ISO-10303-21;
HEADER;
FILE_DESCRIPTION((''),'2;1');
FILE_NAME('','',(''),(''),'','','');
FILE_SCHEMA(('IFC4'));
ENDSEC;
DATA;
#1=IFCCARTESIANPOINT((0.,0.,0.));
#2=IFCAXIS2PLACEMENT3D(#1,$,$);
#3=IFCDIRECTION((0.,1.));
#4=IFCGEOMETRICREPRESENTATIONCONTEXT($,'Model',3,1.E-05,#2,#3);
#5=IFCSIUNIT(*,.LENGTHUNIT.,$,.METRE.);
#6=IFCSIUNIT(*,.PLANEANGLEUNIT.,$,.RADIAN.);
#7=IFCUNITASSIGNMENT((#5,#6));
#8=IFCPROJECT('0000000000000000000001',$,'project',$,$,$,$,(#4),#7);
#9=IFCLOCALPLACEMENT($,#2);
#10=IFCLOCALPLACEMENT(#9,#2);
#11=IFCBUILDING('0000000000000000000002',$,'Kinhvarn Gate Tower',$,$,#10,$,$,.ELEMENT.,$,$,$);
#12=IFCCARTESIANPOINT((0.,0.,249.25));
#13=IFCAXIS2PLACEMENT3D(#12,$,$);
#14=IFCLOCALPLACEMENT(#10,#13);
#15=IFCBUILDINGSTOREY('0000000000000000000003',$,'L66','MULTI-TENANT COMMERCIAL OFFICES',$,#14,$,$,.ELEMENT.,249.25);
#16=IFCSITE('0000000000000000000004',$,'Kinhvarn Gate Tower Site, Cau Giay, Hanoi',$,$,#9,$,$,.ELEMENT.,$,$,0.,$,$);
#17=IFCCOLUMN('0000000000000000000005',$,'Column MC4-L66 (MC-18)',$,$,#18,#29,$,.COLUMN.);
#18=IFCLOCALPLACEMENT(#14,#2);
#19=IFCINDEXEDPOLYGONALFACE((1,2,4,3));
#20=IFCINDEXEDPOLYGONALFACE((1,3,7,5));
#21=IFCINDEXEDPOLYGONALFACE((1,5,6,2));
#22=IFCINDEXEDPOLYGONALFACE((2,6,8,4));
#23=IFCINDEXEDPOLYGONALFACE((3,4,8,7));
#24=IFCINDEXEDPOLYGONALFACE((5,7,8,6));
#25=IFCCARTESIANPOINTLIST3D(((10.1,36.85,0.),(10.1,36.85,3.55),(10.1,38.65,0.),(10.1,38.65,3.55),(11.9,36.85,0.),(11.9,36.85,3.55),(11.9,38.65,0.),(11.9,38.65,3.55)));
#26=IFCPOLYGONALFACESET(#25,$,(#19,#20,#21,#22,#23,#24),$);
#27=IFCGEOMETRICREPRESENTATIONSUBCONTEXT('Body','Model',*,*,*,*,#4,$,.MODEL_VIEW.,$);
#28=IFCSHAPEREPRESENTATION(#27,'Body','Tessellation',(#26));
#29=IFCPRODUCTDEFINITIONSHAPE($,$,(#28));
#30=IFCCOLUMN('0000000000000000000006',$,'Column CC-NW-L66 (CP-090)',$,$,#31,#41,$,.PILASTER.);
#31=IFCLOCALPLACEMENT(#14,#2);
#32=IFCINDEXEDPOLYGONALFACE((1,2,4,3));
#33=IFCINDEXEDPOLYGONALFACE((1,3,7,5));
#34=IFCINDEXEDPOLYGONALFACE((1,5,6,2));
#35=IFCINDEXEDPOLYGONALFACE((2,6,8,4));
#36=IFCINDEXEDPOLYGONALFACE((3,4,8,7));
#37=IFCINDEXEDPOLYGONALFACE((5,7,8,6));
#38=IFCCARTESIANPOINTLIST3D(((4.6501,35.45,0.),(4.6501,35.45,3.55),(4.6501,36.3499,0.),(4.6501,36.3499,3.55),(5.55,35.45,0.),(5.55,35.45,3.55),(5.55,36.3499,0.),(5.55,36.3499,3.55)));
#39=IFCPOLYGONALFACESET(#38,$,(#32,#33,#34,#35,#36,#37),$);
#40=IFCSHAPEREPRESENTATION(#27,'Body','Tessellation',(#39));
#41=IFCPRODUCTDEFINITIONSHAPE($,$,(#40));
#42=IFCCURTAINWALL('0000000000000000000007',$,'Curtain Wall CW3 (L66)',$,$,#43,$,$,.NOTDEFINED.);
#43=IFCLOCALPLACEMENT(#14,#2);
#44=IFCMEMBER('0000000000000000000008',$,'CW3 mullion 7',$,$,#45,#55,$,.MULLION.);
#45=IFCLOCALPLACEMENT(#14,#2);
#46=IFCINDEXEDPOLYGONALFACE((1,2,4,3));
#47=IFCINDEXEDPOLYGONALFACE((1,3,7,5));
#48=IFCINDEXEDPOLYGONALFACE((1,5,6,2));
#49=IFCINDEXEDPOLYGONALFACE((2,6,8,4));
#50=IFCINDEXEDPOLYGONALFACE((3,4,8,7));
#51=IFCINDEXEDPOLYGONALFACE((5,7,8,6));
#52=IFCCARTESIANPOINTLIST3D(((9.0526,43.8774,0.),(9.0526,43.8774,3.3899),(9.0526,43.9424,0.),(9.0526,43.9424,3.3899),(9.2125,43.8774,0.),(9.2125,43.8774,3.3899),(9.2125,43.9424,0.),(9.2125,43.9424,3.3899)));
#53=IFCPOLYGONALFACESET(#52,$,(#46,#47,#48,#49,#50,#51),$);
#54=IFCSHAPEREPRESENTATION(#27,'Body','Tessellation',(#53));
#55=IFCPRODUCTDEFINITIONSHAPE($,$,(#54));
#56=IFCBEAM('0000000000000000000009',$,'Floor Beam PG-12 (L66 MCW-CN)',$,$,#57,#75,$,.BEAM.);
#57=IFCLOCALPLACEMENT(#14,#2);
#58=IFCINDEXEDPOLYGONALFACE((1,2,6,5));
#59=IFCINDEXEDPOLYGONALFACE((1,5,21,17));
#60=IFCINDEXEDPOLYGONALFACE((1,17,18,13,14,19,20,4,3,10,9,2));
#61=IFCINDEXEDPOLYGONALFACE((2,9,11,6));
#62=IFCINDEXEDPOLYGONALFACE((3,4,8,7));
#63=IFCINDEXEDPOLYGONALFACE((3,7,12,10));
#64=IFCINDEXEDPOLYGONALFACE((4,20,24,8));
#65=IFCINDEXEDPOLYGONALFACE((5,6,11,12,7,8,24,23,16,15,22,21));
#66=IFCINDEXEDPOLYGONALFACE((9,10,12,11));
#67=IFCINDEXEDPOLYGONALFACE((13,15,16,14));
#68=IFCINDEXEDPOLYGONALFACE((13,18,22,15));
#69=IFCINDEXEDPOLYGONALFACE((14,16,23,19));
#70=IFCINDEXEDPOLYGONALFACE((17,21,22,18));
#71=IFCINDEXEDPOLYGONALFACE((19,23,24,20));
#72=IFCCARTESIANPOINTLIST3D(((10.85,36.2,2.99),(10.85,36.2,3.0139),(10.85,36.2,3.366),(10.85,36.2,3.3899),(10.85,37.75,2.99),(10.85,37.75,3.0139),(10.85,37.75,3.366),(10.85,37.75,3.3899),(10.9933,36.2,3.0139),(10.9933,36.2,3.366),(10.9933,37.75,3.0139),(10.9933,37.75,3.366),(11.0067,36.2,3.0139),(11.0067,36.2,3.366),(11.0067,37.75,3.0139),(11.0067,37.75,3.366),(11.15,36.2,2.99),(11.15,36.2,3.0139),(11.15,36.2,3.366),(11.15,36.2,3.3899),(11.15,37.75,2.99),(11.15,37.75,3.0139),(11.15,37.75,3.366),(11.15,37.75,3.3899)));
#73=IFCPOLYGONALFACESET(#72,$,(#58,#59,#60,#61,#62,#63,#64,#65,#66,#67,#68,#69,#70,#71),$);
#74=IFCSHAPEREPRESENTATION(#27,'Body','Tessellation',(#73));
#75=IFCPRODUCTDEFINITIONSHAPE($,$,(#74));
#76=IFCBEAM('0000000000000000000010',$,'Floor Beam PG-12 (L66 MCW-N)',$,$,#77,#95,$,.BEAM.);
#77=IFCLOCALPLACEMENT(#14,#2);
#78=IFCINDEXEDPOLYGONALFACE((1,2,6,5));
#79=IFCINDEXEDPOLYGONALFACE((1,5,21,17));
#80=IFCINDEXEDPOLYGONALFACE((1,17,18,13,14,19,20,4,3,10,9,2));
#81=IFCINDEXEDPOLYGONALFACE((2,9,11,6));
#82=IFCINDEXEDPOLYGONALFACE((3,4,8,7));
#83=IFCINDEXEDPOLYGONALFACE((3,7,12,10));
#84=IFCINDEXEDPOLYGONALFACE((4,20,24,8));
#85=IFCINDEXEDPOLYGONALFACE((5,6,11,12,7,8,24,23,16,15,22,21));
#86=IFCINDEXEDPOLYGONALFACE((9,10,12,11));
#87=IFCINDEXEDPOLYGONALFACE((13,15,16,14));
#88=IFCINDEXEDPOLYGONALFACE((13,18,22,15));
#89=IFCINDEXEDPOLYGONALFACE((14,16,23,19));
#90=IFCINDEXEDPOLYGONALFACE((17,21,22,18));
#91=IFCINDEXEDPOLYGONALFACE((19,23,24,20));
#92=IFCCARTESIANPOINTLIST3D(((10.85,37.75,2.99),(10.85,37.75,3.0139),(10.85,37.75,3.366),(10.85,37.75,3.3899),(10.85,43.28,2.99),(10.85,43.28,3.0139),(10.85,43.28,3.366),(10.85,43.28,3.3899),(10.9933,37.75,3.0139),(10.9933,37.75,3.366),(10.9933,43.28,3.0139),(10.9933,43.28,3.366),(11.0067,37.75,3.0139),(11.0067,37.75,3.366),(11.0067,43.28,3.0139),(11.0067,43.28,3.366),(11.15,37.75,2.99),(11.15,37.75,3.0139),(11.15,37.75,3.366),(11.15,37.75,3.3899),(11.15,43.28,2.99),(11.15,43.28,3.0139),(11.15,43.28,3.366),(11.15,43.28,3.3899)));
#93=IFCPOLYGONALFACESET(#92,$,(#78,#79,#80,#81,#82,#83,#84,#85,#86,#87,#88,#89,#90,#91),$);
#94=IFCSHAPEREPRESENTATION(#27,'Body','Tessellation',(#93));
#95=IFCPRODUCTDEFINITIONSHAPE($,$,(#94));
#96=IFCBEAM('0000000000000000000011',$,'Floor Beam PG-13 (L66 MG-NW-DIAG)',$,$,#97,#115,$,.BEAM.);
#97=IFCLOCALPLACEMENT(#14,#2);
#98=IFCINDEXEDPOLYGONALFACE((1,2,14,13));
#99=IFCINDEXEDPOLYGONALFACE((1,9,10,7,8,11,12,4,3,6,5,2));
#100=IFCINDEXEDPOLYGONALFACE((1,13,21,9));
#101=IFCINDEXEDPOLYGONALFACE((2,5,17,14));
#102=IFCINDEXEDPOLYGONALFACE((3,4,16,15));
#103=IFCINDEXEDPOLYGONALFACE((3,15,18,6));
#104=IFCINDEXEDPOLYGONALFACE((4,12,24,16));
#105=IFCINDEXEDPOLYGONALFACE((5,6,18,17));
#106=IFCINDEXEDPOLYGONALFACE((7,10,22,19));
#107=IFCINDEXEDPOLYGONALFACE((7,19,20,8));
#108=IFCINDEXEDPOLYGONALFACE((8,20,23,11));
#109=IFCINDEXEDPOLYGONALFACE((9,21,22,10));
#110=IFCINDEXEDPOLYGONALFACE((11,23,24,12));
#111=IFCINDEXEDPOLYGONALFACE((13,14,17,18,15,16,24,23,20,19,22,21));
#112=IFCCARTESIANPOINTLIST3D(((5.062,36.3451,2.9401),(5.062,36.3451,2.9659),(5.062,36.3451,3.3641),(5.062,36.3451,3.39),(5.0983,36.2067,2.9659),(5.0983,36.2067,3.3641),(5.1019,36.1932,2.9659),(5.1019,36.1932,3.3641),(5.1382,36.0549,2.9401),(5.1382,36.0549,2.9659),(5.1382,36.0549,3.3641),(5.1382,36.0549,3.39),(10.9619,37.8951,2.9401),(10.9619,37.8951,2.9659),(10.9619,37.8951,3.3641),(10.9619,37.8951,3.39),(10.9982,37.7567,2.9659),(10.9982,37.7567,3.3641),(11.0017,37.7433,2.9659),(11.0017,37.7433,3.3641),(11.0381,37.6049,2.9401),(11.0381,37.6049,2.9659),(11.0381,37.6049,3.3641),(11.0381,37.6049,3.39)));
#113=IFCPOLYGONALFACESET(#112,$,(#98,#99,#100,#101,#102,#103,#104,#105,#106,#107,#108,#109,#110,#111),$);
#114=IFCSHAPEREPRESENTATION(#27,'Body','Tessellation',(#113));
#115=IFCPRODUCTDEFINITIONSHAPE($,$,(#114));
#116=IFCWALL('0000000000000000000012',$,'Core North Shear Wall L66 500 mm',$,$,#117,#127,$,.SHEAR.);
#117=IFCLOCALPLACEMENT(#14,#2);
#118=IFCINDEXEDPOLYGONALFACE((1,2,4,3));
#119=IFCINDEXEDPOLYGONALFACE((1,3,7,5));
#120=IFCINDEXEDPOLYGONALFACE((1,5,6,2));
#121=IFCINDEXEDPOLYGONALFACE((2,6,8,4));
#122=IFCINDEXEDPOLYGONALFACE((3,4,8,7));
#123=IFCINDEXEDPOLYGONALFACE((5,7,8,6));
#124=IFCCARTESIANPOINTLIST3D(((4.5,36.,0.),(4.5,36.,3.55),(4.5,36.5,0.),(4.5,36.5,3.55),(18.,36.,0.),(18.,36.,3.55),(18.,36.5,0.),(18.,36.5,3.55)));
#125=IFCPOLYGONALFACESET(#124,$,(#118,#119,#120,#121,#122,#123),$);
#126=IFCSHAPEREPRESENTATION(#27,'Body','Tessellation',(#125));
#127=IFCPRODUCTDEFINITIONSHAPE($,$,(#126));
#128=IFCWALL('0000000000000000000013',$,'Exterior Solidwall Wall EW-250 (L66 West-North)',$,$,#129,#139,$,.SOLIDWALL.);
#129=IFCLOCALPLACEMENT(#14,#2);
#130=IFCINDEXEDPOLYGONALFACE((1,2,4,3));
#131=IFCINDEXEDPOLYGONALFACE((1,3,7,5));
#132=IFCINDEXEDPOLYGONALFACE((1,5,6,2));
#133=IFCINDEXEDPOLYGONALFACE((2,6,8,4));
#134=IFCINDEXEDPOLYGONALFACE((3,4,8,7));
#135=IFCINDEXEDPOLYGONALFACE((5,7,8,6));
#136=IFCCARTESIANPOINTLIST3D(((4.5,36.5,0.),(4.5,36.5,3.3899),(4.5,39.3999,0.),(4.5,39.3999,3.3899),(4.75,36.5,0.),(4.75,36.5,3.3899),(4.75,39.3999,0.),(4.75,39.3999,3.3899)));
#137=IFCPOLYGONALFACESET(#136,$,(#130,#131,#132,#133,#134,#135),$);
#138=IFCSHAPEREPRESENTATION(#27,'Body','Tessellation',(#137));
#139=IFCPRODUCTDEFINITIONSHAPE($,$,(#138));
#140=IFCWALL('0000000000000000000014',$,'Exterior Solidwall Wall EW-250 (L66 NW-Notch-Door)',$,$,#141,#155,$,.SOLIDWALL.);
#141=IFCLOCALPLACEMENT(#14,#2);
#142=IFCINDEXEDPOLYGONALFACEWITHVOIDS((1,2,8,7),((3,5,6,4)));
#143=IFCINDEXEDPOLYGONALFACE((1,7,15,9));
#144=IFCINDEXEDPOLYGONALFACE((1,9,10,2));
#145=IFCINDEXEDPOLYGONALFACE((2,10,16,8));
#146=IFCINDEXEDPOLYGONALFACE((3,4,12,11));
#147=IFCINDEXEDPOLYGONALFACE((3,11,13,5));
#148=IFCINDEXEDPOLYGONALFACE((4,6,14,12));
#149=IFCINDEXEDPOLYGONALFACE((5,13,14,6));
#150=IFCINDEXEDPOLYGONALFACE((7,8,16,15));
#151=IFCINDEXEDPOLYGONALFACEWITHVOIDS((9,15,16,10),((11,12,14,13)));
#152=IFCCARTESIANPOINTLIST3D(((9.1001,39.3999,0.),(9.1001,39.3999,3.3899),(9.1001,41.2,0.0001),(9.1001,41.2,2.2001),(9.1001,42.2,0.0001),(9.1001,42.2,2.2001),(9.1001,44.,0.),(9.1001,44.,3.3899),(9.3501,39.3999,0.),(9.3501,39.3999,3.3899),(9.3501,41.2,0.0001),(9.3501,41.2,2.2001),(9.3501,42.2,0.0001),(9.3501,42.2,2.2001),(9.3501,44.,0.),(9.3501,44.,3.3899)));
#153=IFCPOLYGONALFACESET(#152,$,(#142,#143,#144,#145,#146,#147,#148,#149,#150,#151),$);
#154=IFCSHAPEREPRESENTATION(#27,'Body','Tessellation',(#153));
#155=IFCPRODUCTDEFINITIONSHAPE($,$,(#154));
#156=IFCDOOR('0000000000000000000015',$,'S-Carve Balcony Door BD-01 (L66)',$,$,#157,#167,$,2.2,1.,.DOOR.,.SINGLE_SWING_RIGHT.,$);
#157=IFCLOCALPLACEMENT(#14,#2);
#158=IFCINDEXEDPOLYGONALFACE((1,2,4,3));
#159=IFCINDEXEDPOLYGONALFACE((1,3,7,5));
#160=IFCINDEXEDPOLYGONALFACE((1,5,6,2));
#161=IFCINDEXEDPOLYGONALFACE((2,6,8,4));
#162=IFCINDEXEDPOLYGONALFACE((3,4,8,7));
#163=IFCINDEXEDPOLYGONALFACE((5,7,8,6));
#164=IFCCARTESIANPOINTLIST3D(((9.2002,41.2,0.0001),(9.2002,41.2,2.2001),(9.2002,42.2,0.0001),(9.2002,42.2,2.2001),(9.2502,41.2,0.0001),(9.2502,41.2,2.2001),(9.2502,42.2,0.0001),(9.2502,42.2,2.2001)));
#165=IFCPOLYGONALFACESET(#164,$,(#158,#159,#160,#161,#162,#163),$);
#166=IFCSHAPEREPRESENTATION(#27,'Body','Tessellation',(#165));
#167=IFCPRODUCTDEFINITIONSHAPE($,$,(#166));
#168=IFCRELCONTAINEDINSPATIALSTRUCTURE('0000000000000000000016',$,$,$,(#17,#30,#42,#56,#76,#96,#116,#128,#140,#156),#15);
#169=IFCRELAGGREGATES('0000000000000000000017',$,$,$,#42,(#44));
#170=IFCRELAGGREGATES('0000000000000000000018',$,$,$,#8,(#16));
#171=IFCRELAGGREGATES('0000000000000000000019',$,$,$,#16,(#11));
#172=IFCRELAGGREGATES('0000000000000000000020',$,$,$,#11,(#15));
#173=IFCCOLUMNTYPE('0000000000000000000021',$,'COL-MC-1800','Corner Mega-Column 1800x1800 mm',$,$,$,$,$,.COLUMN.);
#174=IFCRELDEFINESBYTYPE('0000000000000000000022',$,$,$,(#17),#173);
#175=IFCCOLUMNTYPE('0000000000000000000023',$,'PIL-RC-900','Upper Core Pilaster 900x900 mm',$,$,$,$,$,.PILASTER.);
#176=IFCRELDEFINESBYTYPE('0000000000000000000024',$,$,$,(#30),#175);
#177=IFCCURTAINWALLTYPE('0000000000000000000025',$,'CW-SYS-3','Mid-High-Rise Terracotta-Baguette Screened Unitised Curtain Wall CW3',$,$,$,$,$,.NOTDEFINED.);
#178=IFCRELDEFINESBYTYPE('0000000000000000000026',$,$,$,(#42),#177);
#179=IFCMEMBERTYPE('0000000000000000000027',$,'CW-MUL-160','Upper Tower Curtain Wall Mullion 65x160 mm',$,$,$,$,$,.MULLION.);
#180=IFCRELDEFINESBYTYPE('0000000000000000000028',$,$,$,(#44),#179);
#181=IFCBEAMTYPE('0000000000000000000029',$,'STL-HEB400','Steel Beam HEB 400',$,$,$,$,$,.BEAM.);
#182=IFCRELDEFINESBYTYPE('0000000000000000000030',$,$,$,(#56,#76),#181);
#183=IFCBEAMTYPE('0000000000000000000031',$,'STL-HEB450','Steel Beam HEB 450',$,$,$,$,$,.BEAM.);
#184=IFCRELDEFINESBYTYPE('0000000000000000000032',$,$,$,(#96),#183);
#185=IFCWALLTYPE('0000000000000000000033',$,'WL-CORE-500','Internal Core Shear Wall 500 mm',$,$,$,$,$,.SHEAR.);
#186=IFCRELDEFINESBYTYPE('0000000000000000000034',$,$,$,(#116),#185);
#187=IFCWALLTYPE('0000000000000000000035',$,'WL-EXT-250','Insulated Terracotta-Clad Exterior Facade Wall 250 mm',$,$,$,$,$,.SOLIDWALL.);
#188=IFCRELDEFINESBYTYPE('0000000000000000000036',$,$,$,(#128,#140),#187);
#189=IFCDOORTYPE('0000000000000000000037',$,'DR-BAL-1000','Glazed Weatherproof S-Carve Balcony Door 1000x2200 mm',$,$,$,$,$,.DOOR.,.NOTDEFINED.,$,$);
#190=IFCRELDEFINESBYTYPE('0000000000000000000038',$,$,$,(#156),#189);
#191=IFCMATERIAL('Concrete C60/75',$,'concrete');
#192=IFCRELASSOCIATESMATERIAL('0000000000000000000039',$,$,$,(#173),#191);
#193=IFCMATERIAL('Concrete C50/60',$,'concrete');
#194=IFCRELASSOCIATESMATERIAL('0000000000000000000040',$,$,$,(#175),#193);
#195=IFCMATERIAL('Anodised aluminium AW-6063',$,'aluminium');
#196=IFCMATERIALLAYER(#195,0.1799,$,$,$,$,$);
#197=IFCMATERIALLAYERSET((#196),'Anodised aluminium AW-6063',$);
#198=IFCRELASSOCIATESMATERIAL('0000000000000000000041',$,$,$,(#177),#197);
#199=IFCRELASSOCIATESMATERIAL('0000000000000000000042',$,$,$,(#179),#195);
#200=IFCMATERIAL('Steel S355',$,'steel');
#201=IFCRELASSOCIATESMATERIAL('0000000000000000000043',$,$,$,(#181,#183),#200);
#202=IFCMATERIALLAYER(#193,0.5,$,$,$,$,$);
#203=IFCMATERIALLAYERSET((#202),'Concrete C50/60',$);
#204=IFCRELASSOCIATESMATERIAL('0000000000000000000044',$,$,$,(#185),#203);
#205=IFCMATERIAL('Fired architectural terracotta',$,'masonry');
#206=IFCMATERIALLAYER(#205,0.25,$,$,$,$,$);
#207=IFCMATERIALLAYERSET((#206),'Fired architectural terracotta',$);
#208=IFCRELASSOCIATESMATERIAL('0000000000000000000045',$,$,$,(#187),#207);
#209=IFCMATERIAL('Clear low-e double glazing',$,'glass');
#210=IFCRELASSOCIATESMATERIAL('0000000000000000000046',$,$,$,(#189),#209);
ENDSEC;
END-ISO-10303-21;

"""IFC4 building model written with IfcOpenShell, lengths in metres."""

from ifc_helpers import new_model, si_unit, direction, frame, frame_2d, origin, origin_2d, place, context, subcontext, project, spatial, rectangle, i_section, extrude, material, layer, layer_set, material_profile, profile_set, type_object, element, fill, aggregate, save


model = new_model("IFC4")

# Units and contexts
model_context = context("Model", 3, precision=1e-05, world=origin(), true_north=direction((0.0, 1.0)))
body_context = subcontext(model_context, "Body", "Model", "MODEL_VIEW")
ifc_project = project(units=[si_unit("LENGTHUNIT", "METRE"), si_unit("PLANEANGLEUNIT", "RADIAN")], contexts=[model_context])

# Site, building, storey
site_placement = place(None, origin())
site = spatial("IfcSite", under=ifc_project, at=site_placement, Name="Kinhvarn Gate Tower Site, Cau Giay, Hanoi", CompositionType="ELEMENT", RefElevation=0.0)
building_placement = place(site_placement, origin())
building = spatial("IfcBuilding", under=site, at=building_placement, Name="Kinhvarn Gate Tower", CompositionType="ELEMENT")
storey_placement = place(building_placement, frame((0.0, 0.0, 249.25)))
storey = spatial("IfcBuildingStorey", under=building, at=storey_placement, Name="L66", Description="MULTI-TENANT COMMERCIAL OFFICES", CompositionType="ELEMENT", Elevation=249.25)

# Columns
ifc_material_1 = material(Name="Concrete C60/75", Category="concrete")
ifc_material_profile_1 = material_profile(ifc_material_1, rectangle(XDim=1.8, YDim=1.8, at=origin_2d()), Name="RC 1800x1800")
ifc_profile_set_1 = profile_set([ifc_material_profile_1], Name="Concrete C60/75")
column_type_1 = type_object("IfcColumnType", Name="COL-MC-1800", Description="Corner Mega-Column 1800x1800 mm", PredefinedType="COLUMN", material=ifc_profile_set_1)
column_1_placement = place(storey_placement, frame((11.0, 37.75, 0.0), z_axis=(0.0, 0.0, 1.0), x_axis=(1.0, 0.0, 0.0)))
element("IfcColumn", 1, at=column_1_placement, inside=storey, type_object=column_type_1, Name="Column MC4-L66 (MC-18)", PredefinedType="COLUMN", context=body_context, shape_type="SweptSolid", body=[
    extrude(rectangle(XDim=1.8, YDim=1.8, at=origin_2d()), origin(), (0.0, 0.0, 1.0), 3.55),
])
ifc_material_2 = material(Name="Concrete C50/60", Category="concrete")
ifc_material_profile_2 = material_profile(ifc_material_2, rectangle(XDim=0.8999, YDim=0.8999, at=origin_2d()), Name="RC 900x900")
ifc_profile_set_2 = profile_set([ifc_material_profile_2], Name="Concrete C50/60")
column_type_2 = type_object("IfcColumnType", Name="PIL-RC-900", Description="Upper Core Pilaster 900x900 mm", PredefinedType="PILASTER", material=ifc_profile_set_2)
column_2_placement = place(storey_placement, frame((5.1001, 35.8999, 0.0), z_axis=(0.0, 0.0, 1.0), x_axis=(1.0, 0.0, 0.0)))
element("IfcColumn", 2, at=column_2_placement, inside=storey, type_object=column_type_2, Name="Column CC-NW-L66 (CP-090)", PredefinedType="PILASTER", context=body_context, shape_type="SweptSolid", body=[
    extrude(rectangle(XDim=0.8999, YDim=0.8999, at=origin_2d()), origin(), (0.0, 0.0, 1.0), 3.55),
])

# Curtain wall, member
ifc_material_3 = material(Name="Anodised aluminium AW-6063", Category="aluminium")
ifc_layer_1 = layer(ifc_material_3, 0.1799)
ifc_layer_set_1 = layer_set([ifc_layer_1], Name="Anodised aluminium AW-6063")
curtain_wall_type = type_object("IfcCurtainWallType", Name="CW-SYS-3", Description="Mid-High-Rise Terracotta-Baguette Screened Unitised Curtain Wall CW3", PredefinedType="NOTDEFINED", material=ifc_layer_set_1)
curtain_wall_placement = place(storey_placement, origin())
curtain_wall = element("IfcCurtainWall", 3, at=curtain_wall_placement, inside=storey, type_object=curtain_wall_type, Name="Curtain Wall CW3 (L66)", PredefinedType="NOTDEFINED")
ifc_material_profile_3 = material_profile(ifc_material_3, rectangle(XDim=0.0649, YDim=0.1599, at=origin_2d()), Name="ALU 65x160")
ifc_profile_set_3 = profile_set([ifc_material_profile_3], Name="Anodised aluminium AW-6063")
member_type = type_object("IfcMemberType", Name="CW-MUL-160", Description="Upper Tower Curtain Wall Mullion 65x160 mm", PredefinedType="MULLION", material=ifc_profile_set_3)
member_placement = place(storey_placement, frame((9.1326, 43.9099, 0.0), z_axis=(0.0, 0.0, 1.0), x_axis=(0.0, -1.0, 0.0)))
member = element("IfcMember", 4, at=member_placement, type_object=member_type, Name="CW3 mullion 7", PredefinedType="MULLION", context=body_context, shape_type="SweptSolid", body=[
    extrude(rectangle(XDim=0.0649, YDim=0.1599, at=origin_2d()), origin(), (0.0, 0.0, 1.0), 3.3899),
])
aggregate(curtain_wall, [member])

# Beams
ifc_material_4 = material(Name="Steel S355", Category="steel")
ifc_material_profile_4 = material_profile(ifc_material_4, i_section(OverallWidth=0.3, OverallDepth=0.3999, WebThickness=0.0134, FlangeThickness=0.0239, at=origin_2d()), Name="HEB 400")
ifc_profile_set_4 = profile_set([ifc_material_profile_4], Name="Steel S355")
beam_type_1 = type_object("IfcBeamType", Name="STL-HEB400", Description="Steel Beam HEB 400", PredefinedType="BEAM", material=ifc_profile_set_4)
beam_1_placement = place(storey_placement, frame((11.0, 36.2, 3.1899), z_axis=(0.0, 1.0, 0.0), x_axis=(-1.0, 0.0, 0.0)))
element("IfcBeam", 5, at=beam_1_placement, inside=storey, type_object=beam_type_1, Name="Floor Beam PG-12 (L66 MCW-CN)", PredefinedType="BEAM", context=body_context, shape_type="SweptSolid", body=[
    extrude(i_section(OverallWidth=0.3, OverallDepth=0.3999, WebThickness=0.0134, FlangeThickness=0.0239, at=origin_2d()), origin(), (0.0, 0.0, 1.0), 1.55),
])
beam_2_placement = place(storey_placement, frame((11.0, 37.75, 3.1899), z_axis=(0.0, 1.0, 0.0), x_axis=(-1.0, 0.0, 0.0)))
element("IfcBeam", 6, at=beam_2_placement, inside=storey, type_object=beam_type_1, Name="Floor Beam PG-12 (L66 MCW-N)", PredefinedType="BEAM", context=body_context, shape_type="SweptSolid", body=[
    extrude(i_section(OverallWidth=0.3, OverallDepth=0.3999, WebThickness=0.0134, FlangeThickness=0.0239, at=origin_2d()), origin(), (0.0, 0.0, 1.0), 5.53),
])
ifc_material_profile_5 = material_profile(ifc_material_4, i_section(OverallWidth=0.3, OverallDepth=0.45, WebThickness=0.0139, FlangeThickness=0.0259, at=origin_2d()), Name="HEB 450")
ifc_profile_set_5 = profile_set([ifc_material_profile_5], Name="Steel S355")
beam_type_2 = type_object("IfcBeamType", Name="STL-HEB450", Description="Steel Beam HEB 450", PredefinedType="BEAM", material=ifc_profile_set_5)
beam_3_placement = place(storey_placement, frame((5.1001, 36.2, 3.165), z_axis=(0.967178, 0.254101, 0.0), x_axis=(-0.254101, 0.967178, 0.0)))
element("IfcBeam", 7, at=beam_3_placement, inside=storey, type_object=beam_type_2, Name="Floor Beam PG-13 (L66 MG-NW-DIAG)", PredefinedType="BEAM", context=body_context, shape_type="SweptSolid", body=[
    extrude(i_section(OverallWidth=0.3, OverallDepth=0.45, WebThickness=0.0139, FlangeThickness=0.0259, at=origin_2d()), origin(), (0.0, 0.0, 1.0), 6.1001),
])

# Walls
ifc_layer_2 = layer(ifc_material_2, 0.5)
ifc_layer_set_2 = layer_set([ifc_layer_2], Name="Concrete C50/60")
wall_type_1 = type_object("IfcWallType", Name="WL-CORE-500", Description="Internal Core Shear Wall 500 mm", PredefinedType="SHEAR", material=ifc_layer_set_2)
wall_1_placement = place(storey_placement, frame((4.5, 36.25, 0.0), z_axis=(0.0, 0.0, 1.0), x_axis=(1.0, 0.0, 0.0)))
element("IfcWall", 8, at=wall_1_placement, inside=storey, type_object=wall_type_1, Name="Core North Shear Wall L66 500 mm", PredefinedType="SHEAR", context=body_context, shape_type="SweptSolid", body=[
    extrude(rectangle(XDim=13.5, YDim=0.5, at=frame_2d((6.75, 0.0))), origin(), (0.0, 0.0, 1.0), 3.55),
])
ifc_material_5 = material(Name="Fired architectural terracotta", Category="masonry")
ifc_layer_3 = layer(ifc_material_5, 0.25)
ifc_layer_set_3 = layer_set([ifc_layer_3], Name="Fired architectural terracotta")
wall_type_2 = type_object("IfcWallType", Name="WL-EXT-250", Description="Insulated Terracotta-Clad Exterior Facade Wall 250 mm", PredefinedType="SOLIDWALL", material=ifc_layer_set_3)
wall_2_placement = place(storey_placement, frame((4.625, 39.3999, 0.0), z_axis=(0.0, 0.0, 1.0), x_axis=(0.0, -1.0, 0.0)))
element("IfcWall", 9, at=wall_2_placement, inside=storey, type_object=wall_type_2, Name="Exterior Solidwall Wall EW-250 (L66 West-North)", PredefinedType="SOLIDWALL", context=body_context, shape_type="SweptSolid", body=[
    extrude(rectangle(XDim=2.8999, YDim=0.25, at=frame_2d((1.45, 0.0))), origin(), (0.0, 0.0, 1.0), 3.3899),
])

# Wall, opening, door
wall_3_placement = place(storey_placement, frame((9.2251, 44.0, 0.0), z_axis=(0.0, 0.0, 1.0), x_axis=(0.0, -1.0, 0.0)))
wall_3 = element("IfcWall", 10, at=wall_3_placement, inside=storey, type_object=wall_type_2, Name="Exterior Solidwall Wall EW-250 (L66 NW-Notch-Door)", PredefinedType="SOLIDWALL", context=body_context, shape_type="SweptSolid", body=[
    extrude(rectangle(XDim=4.6001, YDim=0.25, at=frame_2d((2.3, 0.0))), origin(), (0.0, 0.0, 1.0), 3.3899),
])
opening_1_placement = place(wall_3_placement, frame((1.8, 0.0, 0.0)))
opening_1 = element("IfcOpeningElement", 11, at=opening_1_placement, cuts=wall_3, PredefinedType="OPENING", context=body_context, shape_type="SweptSolid", body=[
    extrude(rectangle(XDim=1.0, YDim=2.2, at=frame_2d((0.5, 1.1001))), frame((0.0, 0.135, 0.0), z_axis=(0.0, -1.0, 0.0), x_axis=(1.0, 0.0, 0.0)), (0.0, 0.0, 1.0), 0.27),
])
ifc_material_6 = material(Name="Clear low-e double glazing", Category="glass")
door_type = type_object("IfcDoorType", Name="DR-BAL-1000", Description="Glazed Weatherproof S-Carve Balcony Door 1000x2200 mm", OperationType="NOTDEFINED", PredefinedType="DOOR", material=ifc_material_6)
door_placement = place(opening_1_placement, frame((1.0, 0.0, 0.0), z_axis=(0.0, 0.0, 1.0), x_axis=(-1.0, 0.0, 0.0)))
door = element("IfcDoor", 12, at=door_placement, inside=storey, type_object=door_type, Name="S-Carve Balcony Door BD-01 (L66)", OperationType="SINGLE_SWING_RIGHT", OverallHeight=2.2, OverallWidth=1.0, PredefinedType="DOOR", context=body_context, shape_type="SweptSolid", body=[
    extrude(rectangle(XDim=1.0, YDim=2.2, at=frame_2d((0.5, 1.1001))), frame((0.0, 0.0249, 0.0), z_axis=(0.0, -1.0, 0.0), x_axis=(1.0, 0.0, 0.0)), (0.0, 0.0, 1.0), 0.05),
])
fill(opening_1, door)

save(model, "model.ifc")
